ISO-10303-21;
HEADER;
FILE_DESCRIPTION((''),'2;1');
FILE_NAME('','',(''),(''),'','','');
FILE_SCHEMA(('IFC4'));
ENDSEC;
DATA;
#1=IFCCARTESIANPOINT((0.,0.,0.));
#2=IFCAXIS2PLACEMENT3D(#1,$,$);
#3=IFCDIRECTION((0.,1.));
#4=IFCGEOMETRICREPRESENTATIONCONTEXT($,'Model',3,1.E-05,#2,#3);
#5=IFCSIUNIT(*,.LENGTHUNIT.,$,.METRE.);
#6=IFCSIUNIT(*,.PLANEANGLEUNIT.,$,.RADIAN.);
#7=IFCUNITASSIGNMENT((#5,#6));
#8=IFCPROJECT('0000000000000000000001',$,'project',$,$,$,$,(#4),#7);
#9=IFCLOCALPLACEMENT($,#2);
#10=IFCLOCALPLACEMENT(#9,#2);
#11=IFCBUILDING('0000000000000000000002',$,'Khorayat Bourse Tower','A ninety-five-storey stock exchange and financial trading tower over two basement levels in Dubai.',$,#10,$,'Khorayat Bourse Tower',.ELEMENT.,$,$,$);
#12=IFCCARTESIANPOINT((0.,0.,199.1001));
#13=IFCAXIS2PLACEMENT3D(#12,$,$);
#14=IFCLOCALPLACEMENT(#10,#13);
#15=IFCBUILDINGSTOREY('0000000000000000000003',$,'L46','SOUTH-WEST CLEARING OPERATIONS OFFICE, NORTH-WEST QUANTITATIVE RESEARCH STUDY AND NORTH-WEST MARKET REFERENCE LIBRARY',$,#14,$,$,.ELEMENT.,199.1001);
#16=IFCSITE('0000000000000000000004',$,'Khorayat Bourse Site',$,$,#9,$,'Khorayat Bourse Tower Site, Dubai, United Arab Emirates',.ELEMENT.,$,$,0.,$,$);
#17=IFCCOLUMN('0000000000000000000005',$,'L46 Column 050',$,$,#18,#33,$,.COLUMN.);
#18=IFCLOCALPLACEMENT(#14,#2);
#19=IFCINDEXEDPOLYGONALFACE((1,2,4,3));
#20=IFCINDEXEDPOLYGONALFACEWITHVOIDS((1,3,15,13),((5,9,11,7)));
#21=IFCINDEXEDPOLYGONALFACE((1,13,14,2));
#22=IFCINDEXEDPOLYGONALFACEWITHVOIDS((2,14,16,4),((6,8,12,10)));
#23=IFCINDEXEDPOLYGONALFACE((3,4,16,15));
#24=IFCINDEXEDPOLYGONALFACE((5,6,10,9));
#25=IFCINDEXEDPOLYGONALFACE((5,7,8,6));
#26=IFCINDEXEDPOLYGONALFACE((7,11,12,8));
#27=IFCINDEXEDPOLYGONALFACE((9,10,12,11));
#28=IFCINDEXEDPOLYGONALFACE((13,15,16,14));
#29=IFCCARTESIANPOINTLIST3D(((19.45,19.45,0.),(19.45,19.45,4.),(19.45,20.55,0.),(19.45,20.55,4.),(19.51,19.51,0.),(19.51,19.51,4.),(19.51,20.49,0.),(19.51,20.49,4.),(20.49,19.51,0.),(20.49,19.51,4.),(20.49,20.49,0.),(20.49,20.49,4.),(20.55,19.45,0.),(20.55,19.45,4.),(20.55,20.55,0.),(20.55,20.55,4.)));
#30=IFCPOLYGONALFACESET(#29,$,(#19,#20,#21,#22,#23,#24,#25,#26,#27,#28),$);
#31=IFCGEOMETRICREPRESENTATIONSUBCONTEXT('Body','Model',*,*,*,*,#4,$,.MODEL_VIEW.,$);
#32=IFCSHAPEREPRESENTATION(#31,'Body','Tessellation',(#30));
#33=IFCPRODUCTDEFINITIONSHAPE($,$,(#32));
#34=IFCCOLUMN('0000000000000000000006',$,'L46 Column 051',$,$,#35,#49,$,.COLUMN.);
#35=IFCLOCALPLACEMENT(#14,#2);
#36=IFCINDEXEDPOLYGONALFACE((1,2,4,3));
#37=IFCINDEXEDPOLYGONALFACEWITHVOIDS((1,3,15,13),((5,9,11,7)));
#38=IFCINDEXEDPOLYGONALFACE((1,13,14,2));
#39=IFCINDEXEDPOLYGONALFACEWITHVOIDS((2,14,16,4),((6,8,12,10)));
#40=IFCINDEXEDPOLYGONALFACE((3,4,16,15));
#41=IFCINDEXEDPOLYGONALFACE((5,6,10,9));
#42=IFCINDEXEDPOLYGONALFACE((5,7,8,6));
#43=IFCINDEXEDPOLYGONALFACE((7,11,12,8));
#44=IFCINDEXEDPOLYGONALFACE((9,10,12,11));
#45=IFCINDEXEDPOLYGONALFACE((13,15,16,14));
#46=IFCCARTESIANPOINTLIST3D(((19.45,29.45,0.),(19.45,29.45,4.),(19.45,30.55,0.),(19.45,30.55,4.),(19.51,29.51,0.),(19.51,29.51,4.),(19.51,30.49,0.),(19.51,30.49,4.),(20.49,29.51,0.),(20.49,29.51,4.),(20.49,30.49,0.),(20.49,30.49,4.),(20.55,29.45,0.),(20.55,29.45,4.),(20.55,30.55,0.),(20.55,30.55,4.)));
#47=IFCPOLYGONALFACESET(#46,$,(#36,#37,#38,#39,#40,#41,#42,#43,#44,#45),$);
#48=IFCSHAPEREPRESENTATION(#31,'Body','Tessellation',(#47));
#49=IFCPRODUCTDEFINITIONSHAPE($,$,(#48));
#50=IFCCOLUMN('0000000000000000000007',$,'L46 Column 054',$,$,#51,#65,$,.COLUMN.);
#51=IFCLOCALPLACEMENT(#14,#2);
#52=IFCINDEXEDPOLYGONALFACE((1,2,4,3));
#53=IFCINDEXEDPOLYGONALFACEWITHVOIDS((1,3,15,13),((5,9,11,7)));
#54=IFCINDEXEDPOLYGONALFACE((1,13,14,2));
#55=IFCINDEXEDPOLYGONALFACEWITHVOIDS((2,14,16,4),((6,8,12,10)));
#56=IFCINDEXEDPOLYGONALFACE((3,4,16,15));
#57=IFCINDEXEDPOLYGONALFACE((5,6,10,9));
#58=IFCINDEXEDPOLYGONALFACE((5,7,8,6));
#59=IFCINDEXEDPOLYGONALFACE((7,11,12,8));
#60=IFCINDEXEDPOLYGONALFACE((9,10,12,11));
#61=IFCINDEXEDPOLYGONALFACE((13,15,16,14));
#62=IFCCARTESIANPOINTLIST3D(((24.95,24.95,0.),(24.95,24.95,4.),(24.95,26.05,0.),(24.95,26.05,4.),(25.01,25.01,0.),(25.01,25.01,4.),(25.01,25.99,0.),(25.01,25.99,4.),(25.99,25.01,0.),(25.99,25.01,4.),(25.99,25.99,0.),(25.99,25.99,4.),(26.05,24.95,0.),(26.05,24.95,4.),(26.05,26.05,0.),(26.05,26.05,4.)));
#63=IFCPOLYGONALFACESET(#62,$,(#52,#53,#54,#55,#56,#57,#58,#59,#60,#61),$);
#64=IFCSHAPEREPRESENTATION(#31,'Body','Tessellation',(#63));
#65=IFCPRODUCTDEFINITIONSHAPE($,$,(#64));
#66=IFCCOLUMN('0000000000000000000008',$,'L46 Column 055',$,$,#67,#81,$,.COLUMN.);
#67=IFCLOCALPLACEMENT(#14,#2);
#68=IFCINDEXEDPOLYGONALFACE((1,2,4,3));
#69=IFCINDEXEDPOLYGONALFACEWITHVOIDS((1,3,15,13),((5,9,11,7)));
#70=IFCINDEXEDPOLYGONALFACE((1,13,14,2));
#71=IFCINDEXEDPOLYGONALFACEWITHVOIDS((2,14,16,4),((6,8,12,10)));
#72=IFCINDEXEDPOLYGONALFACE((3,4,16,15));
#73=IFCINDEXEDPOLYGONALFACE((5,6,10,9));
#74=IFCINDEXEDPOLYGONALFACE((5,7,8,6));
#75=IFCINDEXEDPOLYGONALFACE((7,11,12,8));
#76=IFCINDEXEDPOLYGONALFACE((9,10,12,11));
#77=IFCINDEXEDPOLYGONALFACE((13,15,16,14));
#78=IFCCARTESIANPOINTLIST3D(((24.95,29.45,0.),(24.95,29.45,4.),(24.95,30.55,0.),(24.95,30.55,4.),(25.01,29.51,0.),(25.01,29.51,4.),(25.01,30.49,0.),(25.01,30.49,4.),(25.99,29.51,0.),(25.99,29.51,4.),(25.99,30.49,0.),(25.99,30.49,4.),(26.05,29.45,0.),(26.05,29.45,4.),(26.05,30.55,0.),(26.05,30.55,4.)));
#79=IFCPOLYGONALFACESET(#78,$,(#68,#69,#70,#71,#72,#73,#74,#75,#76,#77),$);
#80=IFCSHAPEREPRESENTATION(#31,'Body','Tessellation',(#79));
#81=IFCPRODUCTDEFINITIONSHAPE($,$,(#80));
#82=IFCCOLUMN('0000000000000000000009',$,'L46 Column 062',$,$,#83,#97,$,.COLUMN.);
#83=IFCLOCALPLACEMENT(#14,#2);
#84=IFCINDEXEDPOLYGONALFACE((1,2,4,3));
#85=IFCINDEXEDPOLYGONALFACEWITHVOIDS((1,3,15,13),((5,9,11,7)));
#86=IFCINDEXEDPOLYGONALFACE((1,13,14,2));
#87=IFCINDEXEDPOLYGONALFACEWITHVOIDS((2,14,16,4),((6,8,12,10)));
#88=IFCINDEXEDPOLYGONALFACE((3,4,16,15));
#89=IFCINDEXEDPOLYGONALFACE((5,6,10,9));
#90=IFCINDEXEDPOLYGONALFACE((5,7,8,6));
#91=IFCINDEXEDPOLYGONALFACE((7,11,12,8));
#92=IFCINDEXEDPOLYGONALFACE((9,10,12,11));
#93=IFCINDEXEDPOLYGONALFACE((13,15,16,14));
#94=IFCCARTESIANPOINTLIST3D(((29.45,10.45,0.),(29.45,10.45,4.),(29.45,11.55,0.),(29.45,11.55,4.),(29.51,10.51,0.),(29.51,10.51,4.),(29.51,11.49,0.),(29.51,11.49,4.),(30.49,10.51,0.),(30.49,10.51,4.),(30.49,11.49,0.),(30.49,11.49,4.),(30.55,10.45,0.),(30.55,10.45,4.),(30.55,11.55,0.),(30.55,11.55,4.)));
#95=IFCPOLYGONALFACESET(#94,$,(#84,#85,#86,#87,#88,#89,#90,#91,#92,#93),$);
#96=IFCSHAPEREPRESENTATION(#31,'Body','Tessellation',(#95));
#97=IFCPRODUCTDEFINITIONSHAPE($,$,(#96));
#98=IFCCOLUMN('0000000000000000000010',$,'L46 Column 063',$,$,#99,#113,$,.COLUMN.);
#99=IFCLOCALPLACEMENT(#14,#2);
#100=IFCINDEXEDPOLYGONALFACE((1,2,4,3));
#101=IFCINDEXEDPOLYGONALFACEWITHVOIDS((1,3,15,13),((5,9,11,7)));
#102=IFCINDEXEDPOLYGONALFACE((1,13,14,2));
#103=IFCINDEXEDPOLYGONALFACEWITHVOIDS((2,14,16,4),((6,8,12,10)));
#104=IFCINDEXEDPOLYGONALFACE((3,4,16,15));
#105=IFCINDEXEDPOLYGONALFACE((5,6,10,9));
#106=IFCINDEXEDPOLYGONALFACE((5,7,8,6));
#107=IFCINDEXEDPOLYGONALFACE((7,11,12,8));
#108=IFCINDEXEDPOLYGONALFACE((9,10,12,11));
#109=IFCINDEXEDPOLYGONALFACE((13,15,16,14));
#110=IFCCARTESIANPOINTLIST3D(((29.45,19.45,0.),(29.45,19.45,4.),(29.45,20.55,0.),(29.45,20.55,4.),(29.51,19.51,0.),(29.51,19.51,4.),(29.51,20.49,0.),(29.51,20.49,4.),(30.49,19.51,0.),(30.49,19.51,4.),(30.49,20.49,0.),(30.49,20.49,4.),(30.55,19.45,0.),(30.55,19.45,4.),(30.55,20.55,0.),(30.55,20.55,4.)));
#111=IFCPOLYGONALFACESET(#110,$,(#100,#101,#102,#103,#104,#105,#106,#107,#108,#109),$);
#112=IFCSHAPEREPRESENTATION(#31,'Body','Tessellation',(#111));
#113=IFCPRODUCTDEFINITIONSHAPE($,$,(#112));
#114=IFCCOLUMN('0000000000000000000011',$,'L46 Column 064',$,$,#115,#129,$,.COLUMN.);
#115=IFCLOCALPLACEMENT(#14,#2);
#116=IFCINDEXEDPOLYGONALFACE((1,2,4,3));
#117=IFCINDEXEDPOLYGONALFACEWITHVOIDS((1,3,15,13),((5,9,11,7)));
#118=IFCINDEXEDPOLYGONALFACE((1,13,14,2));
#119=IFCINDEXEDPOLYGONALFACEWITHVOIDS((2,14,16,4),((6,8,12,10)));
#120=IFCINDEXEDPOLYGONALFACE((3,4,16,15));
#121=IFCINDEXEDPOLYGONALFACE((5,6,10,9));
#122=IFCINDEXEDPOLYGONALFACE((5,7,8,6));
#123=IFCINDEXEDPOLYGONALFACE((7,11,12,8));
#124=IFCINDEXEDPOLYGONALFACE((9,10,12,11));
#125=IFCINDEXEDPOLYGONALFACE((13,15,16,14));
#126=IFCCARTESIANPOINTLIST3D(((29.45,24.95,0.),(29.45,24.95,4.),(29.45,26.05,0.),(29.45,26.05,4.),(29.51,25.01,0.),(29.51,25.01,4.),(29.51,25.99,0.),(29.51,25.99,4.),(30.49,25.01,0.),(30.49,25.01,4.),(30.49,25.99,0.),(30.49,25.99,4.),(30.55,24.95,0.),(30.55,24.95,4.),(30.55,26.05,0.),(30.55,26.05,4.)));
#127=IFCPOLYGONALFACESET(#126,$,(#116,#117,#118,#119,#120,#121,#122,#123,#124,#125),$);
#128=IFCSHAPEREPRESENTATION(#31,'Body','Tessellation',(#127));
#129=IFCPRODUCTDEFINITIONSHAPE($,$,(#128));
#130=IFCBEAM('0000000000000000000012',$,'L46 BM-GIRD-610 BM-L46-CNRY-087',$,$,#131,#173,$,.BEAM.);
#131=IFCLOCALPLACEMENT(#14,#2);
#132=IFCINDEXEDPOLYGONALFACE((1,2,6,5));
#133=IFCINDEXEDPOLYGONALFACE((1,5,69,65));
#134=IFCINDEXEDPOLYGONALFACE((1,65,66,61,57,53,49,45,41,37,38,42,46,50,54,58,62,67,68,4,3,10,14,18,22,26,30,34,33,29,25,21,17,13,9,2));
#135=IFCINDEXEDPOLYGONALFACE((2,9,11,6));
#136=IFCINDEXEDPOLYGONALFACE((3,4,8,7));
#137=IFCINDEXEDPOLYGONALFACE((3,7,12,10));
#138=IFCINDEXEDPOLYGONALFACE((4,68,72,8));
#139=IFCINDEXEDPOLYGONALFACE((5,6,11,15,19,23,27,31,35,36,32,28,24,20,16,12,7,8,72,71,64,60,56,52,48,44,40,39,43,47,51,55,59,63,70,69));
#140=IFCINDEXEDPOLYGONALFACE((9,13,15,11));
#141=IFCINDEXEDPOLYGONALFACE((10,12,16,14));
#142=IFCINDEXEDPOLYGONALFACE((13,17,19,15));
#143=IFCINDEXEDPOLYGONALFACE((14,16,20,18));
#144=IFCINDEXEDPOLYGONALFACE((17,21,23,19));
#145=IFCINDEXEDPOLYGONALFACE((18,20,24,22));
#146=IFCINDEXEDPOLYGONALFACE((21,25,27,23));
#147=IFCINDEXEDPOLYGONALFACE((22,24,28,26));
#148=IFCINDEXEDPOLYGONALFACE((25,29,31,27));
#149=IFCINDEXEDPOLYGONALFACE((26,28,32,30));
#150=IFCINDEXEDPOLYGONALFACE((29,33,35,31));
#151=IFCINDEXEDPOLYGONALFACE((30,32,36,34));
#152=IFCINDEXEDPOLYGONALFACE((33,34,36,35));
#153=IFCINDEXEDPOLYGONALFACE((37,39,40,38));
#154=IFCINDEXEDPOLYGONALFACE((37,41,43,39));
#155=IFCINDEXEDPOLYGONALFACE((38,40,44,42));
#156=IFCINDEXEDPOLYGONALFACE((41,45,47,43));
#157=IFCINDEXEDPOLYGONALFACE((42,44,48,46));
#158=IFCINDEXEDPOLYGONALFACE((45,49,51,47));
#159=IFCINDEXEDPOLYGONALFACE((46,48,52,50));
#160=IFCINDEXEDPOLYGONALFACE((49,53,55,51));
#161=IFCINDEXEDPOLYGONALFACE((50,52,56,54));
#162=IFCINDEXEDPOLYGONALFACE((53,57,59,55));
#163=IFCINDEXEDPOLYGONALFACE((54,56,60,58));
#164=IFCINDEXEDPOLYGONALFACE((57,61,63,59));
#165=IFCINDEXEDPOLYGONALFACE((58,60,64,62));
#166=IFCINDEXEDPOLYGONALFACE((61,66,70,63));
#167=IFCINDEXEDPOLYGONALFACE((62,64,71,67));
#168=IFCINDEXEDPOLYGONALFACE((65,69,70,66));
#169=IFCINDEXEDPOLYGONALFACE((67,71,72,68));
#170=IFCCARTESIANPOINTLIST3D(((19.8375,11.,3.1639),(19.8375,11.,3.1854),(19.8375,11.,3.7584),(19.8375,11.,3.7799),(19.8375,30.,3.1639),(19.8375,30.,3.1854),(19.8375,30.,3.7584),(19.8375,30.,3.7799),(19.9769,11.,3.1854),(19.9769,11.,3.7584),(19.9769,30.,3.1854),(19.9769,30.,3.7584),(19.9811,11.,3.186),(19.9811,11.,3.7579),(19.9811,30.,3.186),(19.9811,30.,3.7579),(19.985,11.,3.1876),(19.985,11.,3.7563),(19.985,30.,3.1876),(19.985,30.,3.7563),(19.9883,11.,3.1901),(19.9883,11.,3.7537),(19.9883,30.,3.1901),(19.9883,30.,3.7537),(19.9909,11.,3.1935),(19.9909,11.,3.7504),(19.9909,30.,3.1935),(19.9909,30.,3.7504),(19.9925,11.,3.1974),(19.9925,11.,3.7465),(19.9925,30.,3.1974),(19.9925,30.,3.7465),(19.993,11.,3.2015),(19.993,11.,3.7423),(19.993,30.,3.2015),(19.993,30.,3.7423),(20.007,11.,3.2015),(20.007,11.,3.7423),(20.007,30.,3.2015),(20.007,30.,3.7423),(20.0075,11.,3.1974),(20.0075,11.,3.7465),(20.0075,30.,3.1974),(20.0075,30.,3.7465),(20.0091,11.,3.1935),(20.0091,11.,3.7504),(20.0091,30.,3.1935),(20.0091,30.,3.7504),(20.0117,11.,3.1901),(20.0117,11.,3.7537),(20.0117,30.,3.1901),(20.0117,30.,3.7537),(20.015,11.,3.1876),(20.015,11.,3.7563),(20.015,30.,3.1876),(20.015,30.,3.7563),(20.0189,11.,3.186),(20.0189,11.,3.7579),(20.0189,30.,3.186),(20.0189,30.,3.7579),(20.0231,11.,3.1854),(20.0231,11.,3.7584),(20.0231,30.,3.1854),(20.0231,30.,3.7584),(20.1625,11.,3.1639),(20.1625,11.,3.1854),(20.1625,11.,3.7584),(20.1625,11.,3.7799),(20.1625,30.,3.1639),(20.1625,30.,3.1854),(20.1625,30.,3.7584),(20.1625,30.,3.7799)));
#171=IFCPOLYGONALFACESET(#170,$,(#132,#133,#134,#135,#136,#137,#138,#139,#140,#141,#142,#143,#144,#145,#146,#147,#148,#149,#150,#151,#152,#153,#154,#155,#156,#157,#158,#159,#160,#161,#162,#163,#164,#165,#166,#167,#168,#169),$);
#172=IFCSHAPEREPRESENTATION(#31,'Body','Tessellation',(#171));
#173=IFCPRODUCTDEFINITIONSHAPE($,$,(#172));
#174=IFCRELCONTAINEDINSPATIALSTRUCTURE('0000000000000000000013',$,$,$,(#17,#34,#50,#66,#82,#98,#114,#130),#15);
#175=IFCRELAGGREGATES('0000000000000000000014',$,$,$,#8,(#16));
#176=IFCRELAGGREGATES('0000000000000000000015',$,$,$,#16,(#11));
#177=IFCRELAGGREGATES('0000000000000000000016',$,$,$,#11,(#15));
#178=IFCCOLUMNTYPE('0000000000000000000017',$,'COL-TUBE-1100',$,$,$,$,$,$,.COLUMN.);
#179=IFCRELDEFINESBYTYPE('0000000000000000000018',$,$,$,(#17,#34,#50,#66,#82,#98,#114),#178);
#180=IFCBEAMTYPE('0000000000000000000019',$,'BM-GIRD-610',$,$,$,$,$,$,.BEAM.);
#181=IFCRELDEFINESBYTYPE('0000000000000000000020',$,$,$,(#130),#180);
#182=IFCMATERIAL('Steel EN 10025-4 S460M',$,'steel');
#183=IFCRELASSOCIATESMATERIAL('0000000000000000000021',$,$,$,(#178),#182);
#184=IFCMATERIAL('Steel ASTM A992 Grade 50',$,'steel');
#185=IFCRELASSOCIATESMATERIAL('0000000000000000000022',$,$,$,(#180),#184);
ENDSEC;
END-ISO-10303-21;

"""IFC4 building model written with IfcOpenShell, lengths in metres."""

from ifc_helpers import new_model, si_unit, direction, frame, origin, origin_2d, place, context, subcontext, project, spatial, hollow_rectangle, i_section, extrude, source, transform, mapped, material, material_profile, profile_set, type_object, element, save


model = new_model("IFC4")

# Units and contexts
model_context = context("Model", 3, precision=1e-05, world=origin(), true_north=direction((0.0, 1.0)))
body_context = subcontext(model_context, "Body", "Model", "MODEL_VIEW")
ifc_project = project(units=[si_unit("LENGTHUNIT", "METRE"), si_unit("PLANEANGLEUNIT", "RADIAN")], contexts=[model_context])

# Site, building, storey
site_placement = place(None, origin())
site = spatial("IfcSite", under=ifc_project, at=site_placement, Name="Khorayat Bourse Site", LongName="Khorayat Bourse Tower Site, Dubai, United Arab Emirates", CompositionType="ELEMENT", RefElevation=0.0)
building_placement = place(site_placement, origin())
building = spatial("IfcBuilding", under=site, at=building_placement, Name="Khorayat Bourse Tower", Description="A ninety-five-storey stock exchange and financial trading tower over two basement levels in Dubai.", LongName="Khorayat Bourse Tower", CompositionType="ELEMENT")
storey_placement = place(building_placement, frame((0.0, 0.0, 199.1001)))
storey = spatial("IfcBuildingStorey", under=building, at=storey_placement, Name="L46", Description="SOUTH-WEST CLEARING OPERATIONS OFFICE, NORTH-WEST QUANTITATIVE RESEARCH STUDY AND NORTH-WEST MARKET REFERENCE LIBRARY", CompositionType="ELEMENT", Elevation=199.1001)

# Columns
ifc_material_1 = material(Name="Steel EN 10025-4 S460M", Category="steel")
ifc_material_profile_1 = material_profile(ifc_material_1, hollow_rectangle(XDim=1.1001, YDim=1.1001, WallThickness=0.0601, at=origin_2d()), Name="BOX 1100x1100x60")
ifc_profile_set_1 = profile_set([ifc_material_profile_1], Name="Steel EN 10025-4 S460M")
column_type = type_object("IfcColumnType", Name="COL-TUBE-1100", PredefinedType="COLUMN", material=ifc_profile_set_1)
shared_shape_1 = source(origin(), body_context, "Body", "SweptSolid", [
    extrude(hollow_rectangle(XDim=1.1001, YDim=1.1001, WallThickness=0.0601, at=origin_2d()), origin(), (0.0, 0.0, 1.0), 4.0),
])
for number, where, z_axis, x_axis, name in (
    (1, (20.0, 20.0, 0.0), (0.0, 0.0, 1.0), (1.0, 0.0, 0.0), "L46 Column 050"),
    (2, (20.0, 30.0, 0.0), (0.0, 0.0, 1.0), (1.0, 0.0, 0.0), "L46 Column 051"),
    (3, (25.5, 25.5, 0.0), (0.0, 0.0, 1.0), (1.0, 0.0, 0.0), "L46 Column 054"),
    (4, (25.5, 30.0, 0.0), (0.0, 0.0, 1.0), (1.0, 0.0, 0.0), "L46 Column 055"),
    (5, (30.0, 11.0, 0.0), (0.0, 0.0, 1.0), (1.0, 0.0, 0.0), "L46 Column 062"),
    (6, (30.0, 20.0, 0.0), (0.0, 0.0, 1.0), (1.0, 0.0, 0.0), "L46 Column 063"),
    (7, (30.0, 25.5, 0.0), (0.0, 0.0, 1.0), (1.0, 0.0, 0.0), "L46 Column 064"),
):
    element("IfcColumn", number, at=place(storey_placement, frame(where, z_axis=z_axis, x_axis=x_axis)), inside=storey, type_object=column_type, Name=name, PredefinedType="COLUMN", context=body_context, shape_type="MappedRepresentation", body=[
        mapped(shared_shape_1, transform((0.0, 0.0, 0.0), scale=1.0)),
    ])

# Beam
ifc_material_2 = material(Name="Steel ASTM A992 Grade 50", Category="steel")
ifc_material_profile_2 = material_profile(ifc_material_2, i_section(OverallWidth=0.325, OverallDepth=0.616, WebThickness=0.0139, FlangeThickness=0.0215, FilletRadius=0.0161, at=origin_2d()), Name="W610X174")
ifc_profile_set_2 = profile_set([ifc_material_profile_2], Name="Steel ASTM A992 Grade 50")
beam_type_1 = type_object("IfcBeamType", Name="BM-GIRD-610", PredefinedType="BEAM", material=ifc_profile_set_2)
shared_shape_2 = source(origin(), body_context, "Body", "SweptSolid", [
    extrude(i_section(OverallWidth=0.325, OverallDepth=0.616, WebThickness=0.0139, FlangeThickness=0.0215, FilletRadius=0.0161, at=origin_2d()), origin(), (0.0, 0.0, 1.0), 19.0),
])
beam_1_placement = place(storey_placement, frame((20.0, 11.0, 3.4719), z_axis=(0.0, 1.0, 0.0), x_axis=(-1.0, 0.0, 0.0)))
element("IfcBeam", 8, at=beam_1_placement, inside=storey, type_object=beam_type_1, Name="L46 BM-GIRD-610 BM-L46-CNRY-087", PredefinedType="BEAM", context=body_context, shape_type="MappedRepresentation", body=[
    mapped(shared_shape_2, transform((0.0, 0.0, 0.0), scale=1.0)),
])

save(model, "model.ifc")
